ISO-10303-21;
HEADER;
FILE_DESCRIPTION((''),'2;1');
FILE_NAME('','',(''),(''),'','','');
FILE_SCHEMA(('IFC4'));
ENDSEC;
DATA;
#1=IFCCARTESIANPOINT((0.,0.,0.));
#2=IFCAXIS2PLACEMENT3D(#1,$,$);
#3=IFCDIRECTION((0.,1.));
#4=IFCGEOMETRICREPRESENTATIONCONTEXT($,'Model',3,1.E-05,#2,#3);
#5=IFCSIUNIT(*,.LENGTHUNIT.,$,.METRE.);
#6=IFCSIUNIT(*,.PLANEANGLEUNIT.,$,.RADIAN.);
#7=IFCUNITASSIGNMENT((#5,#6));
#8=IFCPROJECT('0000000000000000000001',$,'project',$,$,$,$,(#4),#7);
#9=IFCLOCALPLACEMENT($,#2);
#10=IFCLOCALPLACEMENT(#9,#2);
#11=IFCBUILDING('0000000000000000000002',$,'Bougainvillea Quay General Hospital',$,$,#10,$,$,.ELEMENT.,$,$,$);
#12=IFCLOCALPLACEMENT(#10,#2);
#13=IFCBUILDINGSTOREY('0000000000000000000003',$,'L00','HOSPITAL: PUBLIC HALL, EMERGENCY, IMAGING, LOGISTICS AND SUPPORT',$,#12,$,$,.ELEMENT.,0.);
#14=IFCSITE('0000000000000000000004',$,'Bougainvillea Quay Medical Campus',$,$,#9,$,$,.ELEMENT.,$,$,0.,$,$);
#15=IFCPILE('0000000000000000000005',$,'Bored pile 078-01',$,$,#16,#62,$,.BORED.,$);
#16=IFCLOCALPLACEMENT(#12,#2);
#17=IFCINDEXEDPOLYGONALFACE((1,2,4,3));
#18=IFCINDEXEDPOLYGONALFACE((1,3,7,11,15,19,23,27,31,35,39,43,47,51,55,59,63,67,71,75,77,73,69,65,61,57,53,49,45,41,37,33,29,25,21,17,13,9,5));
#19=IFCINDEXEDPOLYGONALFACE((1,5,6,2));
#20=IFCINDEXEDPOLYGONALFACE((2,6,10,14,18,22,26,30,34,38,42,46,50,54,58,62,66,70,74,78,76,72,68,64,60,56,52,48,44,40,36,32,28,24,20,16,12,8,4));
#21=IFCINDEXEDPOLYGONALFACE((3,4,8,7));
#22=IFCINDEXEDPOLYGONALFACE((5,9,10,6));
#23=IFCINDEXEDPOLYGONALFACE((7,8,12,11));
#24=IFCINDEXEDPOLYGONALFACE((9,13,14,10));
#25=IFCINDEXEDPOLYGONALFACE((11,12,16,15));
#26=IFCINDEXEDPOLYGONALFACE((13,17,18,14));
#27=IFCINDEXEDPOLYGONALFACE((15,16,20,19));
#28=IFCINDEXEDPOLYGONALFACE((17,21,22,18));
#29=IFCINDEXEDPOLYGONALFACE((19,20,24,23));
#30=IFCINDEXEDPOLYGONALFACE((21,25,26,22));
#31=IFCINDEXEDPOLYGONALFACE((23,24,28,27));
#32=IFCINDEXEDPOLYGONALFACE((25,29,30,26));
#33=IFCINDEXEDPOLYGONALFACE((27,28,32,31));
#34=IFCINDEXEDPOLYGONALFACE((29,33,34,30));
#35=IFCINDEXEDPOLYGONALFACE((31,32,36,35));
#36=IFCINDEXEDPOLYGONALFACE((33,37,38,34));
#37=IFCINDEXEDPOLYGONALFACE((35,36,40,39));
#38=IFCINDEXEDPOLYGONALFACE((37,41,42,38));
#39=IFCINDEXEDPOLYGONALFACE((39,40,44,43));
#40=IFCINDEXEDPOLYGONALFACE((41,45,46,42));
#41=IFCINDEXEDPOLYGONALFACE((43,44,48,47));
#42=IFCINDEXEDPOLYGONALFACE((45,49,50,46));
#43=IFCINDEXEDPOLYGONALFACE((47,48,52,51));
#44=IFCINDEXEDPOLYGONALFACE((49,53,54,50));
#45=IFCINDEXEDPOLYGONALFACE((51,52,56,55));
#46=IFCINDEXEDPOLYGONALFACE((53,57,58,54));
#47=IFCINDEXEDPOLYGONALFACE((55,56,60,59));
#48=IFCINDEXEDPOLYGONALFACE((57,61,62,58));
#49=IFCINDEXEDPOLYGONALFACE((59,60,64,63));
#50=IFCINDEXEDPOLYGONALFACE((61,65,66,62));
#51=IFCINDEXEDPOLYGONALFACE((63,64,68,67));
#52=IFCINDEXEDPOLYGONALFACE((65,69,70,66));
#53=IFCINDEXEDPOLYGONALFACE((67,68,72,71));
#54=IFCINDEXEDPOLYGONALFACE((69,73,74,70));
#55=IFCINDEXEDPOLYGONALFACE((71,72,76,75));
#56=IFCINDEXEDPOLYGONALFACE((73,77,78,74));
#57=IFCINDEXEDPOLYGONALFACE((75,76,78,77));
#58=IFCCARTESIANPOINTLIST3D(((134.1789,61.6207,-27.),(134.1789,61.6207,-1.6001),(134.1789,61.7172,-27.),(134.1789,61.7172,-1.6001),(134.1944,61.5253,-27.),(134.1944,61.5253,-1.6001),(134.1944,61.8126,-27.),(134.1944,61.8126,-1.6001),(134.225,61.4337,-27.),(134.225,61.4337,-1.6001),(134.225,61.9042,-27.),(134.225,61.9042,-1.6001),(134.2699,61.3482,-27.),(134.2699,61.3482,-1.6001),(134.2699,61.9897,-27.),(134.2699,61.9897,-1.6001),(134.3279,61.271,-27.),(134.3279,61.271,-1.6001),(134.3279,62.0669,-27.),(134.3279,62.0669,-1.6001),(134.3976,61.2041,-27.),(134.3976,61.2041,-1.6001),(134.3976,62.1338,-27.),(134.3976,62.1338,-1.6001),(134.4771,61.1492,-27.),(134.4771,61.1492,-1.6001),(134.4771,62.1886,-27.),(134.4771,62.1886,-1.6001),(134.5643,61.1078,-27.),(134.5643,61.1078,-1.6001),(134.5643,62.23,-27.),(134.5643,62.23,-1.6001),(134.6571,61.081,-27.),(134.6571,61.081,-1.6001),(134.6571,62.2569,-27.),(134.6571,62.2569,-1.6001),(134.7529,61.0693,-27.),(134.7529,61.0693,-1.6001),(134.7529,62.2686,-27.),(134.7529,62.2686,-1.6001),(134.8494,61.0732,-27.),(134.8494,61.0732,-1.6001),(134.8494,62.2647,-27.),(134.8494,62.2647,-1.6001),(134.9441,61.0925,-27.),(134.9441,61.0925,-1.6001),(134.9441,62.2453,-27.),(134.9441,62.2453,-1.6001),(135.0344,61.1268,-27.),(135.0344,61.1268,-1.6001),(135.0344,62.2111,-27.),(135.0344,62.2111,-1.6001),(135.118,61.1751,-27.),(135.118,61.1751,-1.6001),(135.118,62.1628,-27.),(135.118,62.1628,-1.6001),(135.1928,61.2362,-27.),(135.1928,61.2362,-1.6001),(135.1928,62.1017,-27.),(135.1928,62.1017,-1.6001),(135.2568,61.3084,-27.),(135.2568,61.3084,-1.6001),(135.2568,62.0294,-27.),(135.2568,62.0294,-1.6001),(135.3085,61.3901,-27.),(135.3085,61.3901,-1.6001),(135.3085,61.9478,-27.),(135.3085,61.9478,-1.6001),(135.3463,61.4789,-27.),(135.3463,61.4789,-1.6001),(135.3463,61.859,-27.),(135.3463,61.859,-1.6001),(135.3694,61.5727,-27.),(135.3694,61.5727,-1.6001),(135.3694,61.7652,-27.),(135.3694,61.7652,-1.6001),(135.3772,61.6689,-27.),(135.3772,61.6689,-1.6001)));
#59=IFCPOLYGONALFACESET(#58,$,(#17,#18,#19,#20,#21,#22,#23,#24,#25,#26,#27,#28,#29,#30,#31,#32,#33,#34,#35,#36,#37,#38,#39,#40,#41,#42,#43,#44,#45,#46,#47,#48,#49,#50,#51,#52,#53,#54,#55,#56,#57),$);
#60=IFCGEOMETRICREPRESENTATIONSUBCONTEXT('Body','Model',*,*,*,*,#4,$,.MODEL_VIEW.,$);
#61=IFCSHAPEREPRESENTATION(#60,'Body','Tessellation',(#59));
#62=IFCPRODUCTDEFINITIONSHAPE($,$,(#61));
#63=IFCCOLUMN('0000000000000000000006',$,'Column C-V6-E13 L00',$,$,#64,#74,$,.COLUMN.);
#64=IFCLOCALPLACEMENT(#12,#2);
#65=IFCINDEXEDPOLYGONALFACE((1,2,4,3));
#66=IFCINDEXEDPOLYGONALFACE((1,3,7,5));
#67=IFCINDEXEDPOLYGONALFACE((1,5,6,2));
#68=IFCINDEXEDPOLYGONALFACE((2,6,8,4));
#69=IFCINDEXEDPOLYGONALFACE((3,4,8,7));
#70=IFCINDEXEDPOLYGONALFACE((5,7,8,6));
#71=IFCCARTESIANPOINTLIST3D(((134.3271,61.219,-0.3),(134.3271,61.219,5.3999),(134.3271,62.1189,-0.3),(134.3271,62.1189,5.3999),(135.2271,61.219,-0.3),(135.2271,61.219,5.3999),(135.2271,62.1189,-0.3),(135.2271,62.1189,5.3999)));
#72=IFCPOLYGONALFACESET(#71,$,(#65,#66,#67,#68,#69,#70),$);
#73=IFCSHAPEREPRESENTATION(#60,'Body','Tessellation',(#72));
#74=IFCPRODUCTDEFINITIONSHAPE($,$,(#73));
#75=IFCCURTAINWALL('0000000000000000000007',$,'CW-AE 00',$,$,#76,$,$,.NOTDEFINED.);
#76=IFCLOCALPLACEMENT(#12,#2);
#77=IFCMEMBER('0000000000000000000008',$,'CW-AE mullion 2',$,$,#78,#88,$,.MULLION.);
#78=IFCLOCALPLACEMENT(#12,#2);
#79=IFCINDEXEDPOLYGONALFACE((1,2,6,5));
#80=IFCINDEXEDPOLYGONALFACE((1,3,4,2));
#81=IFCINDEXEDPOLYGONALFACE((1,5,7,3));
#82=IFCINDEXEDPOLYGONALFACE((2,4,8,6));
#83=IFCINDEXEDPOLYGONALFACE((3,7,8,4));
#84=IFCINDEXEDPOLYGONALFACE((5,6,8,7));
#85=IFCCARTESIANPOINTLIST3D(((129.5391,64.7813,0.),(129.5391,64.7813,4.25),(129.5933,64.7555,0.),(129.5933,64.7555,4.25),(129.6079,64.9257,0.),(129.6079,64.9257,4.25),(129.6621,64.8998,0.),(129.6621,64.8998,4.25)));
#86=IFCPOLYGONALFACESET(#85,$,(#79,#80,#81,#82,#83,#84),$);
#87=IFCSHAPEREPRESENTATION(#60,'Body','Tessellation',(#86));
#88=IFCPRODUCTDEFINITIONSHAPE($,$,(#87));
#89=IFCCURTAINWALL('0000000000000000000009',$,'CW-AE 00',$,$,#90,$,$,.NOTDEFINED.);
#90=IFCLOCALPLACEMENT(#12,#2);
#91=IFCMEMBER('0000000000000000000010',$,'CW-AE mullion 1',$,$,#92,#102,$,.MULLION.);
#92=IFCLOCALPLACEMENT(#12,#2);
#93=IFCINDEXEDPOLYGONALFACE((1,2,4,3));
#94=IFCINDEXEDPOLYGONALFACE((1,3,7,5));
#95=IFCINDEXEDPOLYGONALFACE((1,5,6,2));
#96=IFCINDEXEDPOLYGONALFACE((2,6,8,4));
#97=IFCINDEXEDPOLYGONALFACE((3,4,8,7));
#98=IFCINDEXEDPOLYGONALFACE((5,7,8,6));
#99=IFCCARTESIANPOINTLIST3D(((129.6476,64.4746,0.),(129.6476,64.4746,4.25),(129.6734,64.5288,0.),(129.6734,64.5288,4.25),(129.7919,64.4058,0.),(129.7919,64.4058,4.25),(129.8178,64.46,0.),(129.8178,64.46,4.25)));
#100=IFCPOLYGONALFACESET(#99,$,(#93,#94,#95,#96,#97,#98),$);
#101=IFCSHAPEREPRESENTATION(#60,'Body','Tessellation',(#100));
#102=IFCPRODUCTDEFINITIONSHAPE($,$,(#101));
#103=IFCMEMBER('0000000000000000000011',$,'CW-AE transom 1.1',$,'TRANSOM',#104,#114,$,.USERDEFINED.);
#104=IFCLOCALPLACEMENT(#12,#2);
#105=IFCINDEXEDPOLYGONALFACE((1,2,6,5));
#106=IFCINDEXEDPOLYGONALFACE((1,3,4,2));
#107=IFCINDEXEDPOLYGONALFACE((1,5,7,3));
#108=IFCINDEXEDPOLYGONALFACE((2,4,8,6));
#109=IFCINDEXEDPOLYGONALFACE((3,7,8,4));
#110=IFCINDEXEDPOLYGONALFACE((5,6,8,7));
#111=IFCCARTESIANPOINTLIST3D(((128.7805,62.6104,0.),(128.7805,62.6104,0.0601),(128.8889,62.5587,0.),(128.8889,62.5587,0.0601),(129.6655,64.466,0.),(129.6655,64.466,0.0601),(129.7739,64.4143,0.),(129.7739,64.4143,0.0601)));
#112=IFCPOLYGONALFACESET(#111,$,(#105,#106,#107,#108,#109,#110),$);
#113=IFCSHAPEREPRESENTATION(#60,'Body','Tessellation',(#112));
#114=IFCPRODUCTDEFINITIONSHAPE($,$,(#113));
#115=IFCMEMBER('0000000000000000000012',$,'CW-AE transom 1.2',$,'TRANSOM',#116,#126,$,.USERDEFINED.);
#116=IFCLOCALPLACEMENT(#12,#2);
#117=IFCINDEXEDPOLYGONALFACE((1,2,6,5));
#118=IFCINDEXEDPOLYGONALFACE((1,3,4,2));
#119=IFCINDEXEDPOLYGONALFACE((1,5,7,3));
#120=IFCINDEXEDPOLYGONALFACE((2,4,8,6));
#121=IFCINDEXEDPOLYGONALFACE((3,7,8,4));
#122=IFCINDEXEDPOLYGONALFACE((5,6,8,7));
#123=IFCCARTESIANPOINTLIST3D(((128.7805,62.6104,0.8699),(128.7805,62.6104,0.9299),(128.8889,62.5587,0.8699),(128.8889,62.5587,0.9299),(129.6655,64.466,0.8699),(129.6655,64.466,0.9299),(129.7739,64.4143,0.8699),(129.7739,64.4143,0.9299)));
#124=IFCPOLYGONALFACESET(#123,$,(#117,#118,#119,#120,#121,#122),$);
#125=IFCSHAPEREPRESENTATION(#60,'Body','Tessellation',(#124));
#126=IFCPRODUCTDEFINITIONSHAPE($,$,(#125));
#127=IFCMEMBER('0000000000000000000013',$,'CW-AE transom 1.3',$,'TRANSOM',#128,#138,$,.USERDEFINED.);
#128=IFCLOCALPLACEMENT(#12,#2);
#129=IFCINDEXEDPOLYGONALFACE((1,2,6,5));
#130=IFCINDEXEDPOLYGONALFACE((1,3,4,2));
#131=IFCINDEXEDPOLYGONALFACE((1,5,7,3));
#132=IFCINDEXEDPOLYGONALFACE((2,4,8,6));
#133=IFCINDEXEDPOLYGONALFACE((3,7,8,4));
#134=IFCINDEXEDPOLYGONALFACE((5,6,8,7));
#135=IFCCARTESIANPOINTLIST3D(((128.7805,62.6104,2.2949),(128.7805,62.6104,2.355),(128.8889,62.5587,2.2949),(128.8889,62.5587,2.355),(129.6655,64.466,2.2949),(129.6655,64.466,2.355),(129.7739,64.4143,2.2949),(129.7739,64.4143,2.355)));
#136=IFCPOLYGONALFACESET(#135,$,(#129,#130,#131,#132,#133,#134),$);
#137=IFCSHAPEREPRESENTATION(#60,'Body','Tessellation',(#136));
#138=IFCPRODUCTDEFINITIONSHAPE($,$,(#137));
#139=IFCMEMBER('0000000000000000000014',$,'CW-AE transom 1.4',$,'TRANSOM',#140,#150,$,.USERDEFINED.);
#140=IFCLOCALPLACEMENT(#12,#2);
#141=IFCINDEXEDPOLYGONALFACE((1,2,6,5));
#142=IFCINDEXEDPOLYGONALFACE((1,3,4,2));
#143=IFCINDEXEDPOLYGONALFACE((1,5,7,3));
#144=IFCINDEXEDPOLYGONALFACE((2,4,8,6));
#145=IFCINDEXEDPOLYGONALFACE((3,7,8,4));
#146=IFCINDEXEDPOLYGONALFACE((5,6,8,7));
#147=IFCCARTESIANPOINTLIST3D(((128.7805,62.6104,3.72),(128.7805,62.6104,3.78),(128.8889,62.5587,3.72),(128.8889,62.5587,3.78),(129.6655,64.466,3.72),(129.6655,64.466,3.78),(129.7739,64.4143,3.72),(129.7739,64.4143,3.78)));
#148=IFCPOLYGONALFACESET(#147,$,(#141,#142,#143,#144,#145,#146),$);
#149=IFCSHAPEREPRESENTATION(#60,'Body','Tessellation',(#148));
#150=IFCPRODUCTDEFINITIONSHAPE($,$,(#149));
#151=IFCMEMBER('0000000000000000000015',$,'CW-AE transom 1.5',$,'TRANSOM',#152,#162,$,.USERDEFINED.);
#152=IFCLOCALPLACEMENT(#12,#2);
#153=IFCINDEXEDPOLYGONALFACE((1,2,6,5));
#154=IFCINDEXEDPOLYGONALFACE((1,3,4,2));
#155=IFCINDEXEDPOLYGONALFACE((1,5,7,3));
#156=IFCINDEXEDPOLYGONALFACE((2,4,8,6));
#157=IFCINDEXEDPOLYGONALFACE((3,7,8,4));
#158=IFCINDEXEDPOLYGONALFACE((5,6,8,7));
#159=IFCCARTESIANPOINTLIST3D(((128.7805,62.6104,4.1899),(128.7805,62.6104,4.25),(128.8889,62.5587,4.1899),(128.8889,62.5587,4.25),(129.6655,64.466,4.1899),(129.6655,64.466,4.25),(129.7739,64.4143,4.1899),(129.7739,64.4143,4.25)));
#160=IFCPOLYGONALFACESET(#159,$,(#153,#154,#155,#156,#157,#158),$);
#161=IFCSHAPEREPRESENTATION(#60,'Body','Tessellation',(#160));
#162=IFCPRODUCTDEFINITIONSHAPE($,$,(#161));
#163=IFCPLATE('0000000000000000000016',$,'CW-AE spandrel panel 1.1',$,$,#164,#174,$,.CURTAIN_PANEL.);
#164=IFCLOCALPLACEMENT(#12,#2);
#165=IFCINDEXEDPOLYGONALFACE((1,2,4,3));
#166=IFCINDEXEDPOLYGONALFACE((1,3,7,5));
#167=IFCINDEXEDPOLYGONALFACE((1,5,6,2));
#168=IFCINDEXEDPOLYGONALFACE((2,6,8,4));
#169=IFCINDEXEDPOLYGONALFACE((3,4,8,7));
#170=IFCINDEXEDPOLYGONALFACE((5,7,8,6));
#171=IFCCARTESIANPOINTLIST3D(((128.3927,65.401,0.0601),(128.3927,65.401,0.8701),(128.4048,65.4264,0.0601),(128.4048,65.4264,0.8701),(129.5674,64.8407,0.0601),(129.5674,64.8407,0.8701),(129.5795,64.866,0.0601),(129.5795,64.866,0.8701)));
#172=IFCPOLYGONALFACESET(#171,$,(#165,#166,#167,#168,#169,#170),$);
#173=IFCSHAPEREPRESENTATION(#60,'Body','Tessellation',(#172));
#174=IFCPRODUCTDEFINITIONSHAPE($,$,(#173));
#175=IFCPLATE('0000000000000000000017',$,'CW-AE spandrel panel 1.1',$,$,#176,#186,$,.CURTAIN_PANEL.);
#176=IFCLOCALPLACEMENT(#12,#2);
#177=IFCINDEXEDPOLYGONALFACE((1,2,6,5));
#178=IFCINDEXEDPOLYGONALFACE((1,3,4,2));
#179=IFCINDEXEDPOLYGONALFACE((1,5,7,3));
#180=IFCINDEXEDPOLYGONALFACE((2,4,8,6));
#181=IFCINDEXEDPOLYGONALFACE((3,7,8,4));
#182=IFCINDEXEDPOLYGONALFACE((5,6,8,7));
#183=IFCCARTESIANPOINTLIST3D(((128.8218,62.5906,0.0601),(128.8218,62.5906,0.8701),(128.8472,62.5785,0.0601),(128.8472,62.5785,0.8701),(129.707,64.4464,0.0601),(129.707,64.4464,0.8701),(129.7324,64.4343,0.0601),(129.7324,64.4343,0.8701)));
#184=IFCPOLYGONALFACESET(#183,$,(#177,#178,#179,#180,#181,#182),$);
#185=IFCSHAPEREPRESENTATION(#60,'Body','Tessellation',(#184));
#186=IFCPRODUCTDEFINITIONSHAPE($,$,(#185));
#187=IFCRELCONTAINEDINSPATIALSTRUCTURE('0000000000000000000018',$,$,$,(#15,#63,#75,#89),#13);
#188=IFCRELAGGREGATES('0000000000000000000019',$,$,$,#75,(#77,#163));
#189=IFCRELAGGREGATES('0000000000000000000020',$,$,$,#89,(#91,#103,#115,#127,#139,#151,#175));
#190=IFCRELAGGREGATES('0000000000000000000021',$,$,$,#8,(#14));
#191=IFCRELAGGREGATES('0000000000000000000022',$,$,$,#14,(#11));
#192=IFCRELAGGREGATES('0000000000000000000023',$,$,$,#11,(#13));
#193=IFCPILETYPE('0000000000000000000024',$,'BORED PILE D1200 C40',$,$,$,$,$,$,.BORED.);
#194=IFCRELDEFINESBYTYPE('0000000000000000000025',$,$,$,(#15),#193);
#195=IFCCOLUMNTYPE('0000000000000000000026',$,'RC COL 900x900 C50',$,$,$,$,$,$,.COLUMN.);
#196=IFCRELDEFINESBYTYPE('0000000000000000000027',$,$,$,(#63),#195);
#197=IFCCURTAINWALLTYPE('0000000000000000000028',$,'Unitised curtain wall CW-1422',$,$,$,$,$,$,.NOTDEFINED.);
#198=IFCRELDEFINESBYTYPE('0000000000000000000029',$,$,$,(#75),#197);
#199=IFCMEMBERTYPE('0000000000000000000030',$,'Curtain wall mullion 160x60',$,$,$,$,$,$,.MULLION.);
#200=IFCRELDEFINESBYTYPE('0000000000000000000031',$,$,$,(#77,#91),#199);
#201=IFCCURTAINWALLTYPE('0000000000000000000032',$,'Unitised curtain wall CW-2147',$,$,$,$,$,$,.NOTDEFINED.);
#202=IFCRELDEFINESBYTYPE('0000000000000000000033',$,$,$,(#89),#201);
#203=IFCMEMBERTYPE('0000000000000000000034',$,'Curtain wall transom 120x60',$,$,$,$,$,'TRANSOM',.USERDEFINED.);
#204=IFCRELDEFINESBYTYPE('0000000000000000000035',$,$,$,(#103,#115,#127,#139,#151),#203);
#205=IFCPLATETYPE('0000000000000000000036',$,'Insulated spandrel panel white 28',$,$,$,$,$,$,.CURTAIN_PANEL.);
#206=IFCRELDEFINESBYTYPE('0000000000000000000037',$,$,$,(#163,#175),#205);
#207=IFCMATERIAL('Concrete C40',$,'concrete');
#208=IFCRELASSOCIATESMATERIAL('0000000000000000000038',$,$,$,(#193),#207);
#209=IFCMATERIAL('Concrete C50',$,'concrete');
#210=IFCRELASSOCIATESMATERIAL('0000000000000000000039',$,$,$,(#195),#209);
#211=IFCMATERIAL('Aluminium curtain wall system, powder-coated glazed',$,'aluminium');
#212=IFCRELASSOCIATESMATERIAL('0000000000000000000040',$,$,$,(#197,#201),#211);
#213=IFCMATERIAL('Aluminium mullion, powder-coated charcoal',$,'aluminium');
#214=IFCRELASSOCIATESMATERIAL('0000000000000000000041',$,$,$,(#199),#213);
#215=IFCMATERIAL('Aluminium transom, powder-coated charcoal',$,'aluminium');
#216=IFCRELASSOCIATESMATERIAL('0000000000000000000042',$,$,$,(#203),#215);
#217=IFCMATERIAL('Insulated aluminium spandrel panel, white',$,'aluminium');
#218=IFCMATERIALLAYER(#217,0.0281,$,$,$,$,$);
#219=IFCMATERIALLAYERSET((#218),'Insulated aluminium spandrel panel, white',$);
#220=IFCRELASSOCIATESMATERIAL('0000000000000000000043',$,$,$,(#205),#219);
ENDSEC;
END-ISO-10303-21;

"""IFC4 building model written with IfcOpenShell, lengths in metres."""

from ifc_helpers import new_model, si_unit, direction, frame, origin, origin_2d, place, context, subcontext, project, spatial, rectangle, circle, extrude, material, layer, layer_set, material_profile, profile_set, type_object, element, aggregate, save


model = new_model("IFC4")

# Units and contexts
model_context = context("Model", 3, precision=1e-05, world=origin(), true_north=direction((0.0, 1.0)))
body_context = subcontext(model_context, "Body", "Model", "MODEL_VIEW")
ifc_project = project(units=[si_unit("LENGTHUNIT", "METRE"), si_unit("PLANEANGLEUNIT", "RADIAN")], contexts=[model_context])

# Site, building, storey
site_placement = place(None, origin())
site = spatial("IfcSite", under=ifc_project, at=site_placement, Name="Bougainvillea Quay Medical Campus", CompositionType="ELEMENT", RefElevation=0.0)
building_placement = place(site_placement, origin())
building = spatial("IfcBuilding", under=site, at=building_placement, Name="Bougainvillea Quay General Hospital", CompositionType="ELEMENT")
storey_placement = place(building_placement, origin())
storey = spatial("IfcBuildingStorey", under=building, at=storey_placement, Name="L00", Description="HOSPITAL: PUBLIC HALL, EMERGENCY, IMAGING, LOGISTICS AND SUPPORT", CompositionType="ELEMENT", Elevation=0.0)

# Pile
ifc_material_1 = material(Name="Concrete C40", Category="concrete")
ifc_material_profile_1 = material_profile(ifc_material_1, circle(Radius=0.6001, at=origin_2d()))
ifc_profile_set_1 = profile_set([ifc_material_profile_1], Name="Concrete C40")
pile_type = type_object("IfcPileType", Name="BORED PILE D1200 C40", PredefinedType="BORED", material=ifc_profile_set_1)
pile_placement = place(storey_placement, frame((134.7771, 61.6689, -1.6001), z_axis=(0.0, 0.0, -1.0), x_axis=(1.0, 0.0, 0.0)))
element("IfcPile", 1, at=pile_placement, inside=storey, type_object=pile_type, Name="Bored pile 078-01", PredefinedType="BORED", context=body_context, shape_type="SweptSolid", body=[
    extrude(circle(Radius=0.6001, at=origin_2d()), origin(), (0.0, 0.0, 1.0), 25.3999),
])

# Column
ifc_material_2 = material(Name="Concrete C50", Category="concrete")
ifc_material_profile_2 = material_profile(ifc_material_2, rectangle(XDim=0.8999, YDim=0.8999, at=origin_2d()))
ifc_profile_set_2 = profile_set([ifc_material_profile_2], Name="Concrete C50")
column_type = type_object("IfcColumnType", Name="RC COL 900x900 C50", PredefinedType="COLUMN", material=ifc_profile_set_2)
column_placement = place(storey_placement, frame((134.7771, 61.6689, -0.3), z_axis=(0.0, 0.0, 1.0), x_axis=(1.0, 0.0, 0.0)))
element("IfcColumn", 2, at=column_placement, inside=storey, type_object=column_type, Name="Column C-V6-E13 L00", PredefinedType="COLUMN", context=body_context, shape_type="SweptSolid", body=[
    extrude(rectangle(XDim=0.8999, YDim=0.8999, at=origin_2d()), origin(), (0.0, 0.0, 1.0), 5.7),
])

# Curtain wall, member
ifc_material_3 = material(Name="Aluminium curtain wall system, powder-coated glazed", Category="aluminium")
curtain_wall_type_1 = type_object("IfcCurtainWallType", Name="Unitised curtain wall CW-1422", PredefinedType="NOTDEFINED", material=ifc_material_3)
curtain_wall_1_placement = place(storey_placement, origin())
curtain_wall_1 = element("IfcCurtainWall", 3, at=curtain_wall_1_placement, inside=storey, type_object=curtain_wall_type_1, Name="CW-AE 00", PredefinedType="NOTDEFINED")
ifc_material_4 = material(Name="Aluminium mullion, powder-coated charcoal", Category="aluminium")
ifc_material_profile_3 = material_profile(ifc_material_4, rectangle(XDim=0.1599, YDim=0.0601, at=origin_2d()))
ifc_profile_set_3 = profile_set([ifc_material_profile_3], Name="Aluminium mullion, powder-coated charcoal")
member_type_1 = type_object("IfcMemberType", Name="Curtain wall mullion 160x60", PredefinedType="MULLION", material=ifc_profile_set_3)
member_1_placement = place(storey_placement, frame((129.6006, 64.8406, 0.0), z_axis=(0.0, 0.0, 1.0), x_axis=(0.430534, 0.902574, 0.0)))
member_1 = element("IfcMember", 4, at=member_1_placement, type_object=member_type_1, Name="CW-AE mullion 2", PredefinedType="MULLION", context=body_context, shape_type="SweptSolid", body=[
    extrude(rectangle(XDim=0.1599, YDim=0.0601, at=origin_2d()), origin(), (0.0, 0.0, 1.0), 4.25),
])

# Curtain wall, members
curtain_wall_type_2 = type_object("IfcCurtainWallType", Name="Unitised curtain wall CW-2147", PredefinedType="NOTDEFINED", material=ifc_material_3)
curtain_wall_2_placement = place(storey_placement, origin())
curtain_wall_2 = element("IfcCurtainWall", 5, at=curtain_wall_2_placement, inside=storey, type_object=curtain_wall_type_2, Name="CW-AE 00", PredefinedType="NOTDEFINED")
member_2_placement = place(storey_placement, frame((129.7327, 64.4673, 0.0), z_axis=(0.0, 0.0, 1.0), x_axis=(0.902576, -0.43053, 0.0)))
member_2 = element("IfcMember", 6, at=member_2_placement, type_object=member_type_1, Name="CW-AE mullion 1", PredefinedType="MULLION", context=body_context, shape_type="SweptSolid", body=[
    extrude(rectangle(XDim=0.1599, YDim=0.0601, at=origin_2d()), origin(), (0.0, 0.0, 1.0), 4.25),
])
ifc_material_5 = material(Name="Aluminium transom, powder-coated charcoal", Category="aluminium")
ifc_material_profile_4 = material_profile(ifc_material_5, rectangle(XDim=0.1201, YDim=0.0601, at=origin_2d()))
ifc_profile_set_4 = profile_set([ifc_material_profile_4], Name="Aluminium transom, powder-coated charcoal")
member_type_2 = type_object("IfcMemberType", Name="Curtain wall transom 120x60", ElementType="TRANSOM", PredefinedType="USERDEFINED", material=ifc_profile_set_4)
member_3_placement = place(storey_placement, frame((129.7197, 64.4402, 0.03), z_axis=(-0.430464, -0.902608, 0.0), x_axis=(0.902608, -0.430464, 0.0)))
member_3 = element("IfcMember", 7, at=member_3_placement, type_object=member_type_2, Name="CW-AE transom 1.1", ObjectType="TRANSOM", PredefinedType="USERDEFINED", context=body_context, shape_type="SweptSolid", body=[
    extrude(rectangle(XDim=0.1201, YDim=0.0601, at=origin_2d()), origin(), (0.0, 0.0, 1.0), 2.0559),
])
member_4_placement = place(storey_placement, frame((129.7197, 64.4402, 0.8999), z_axis=(-0.430464, -0.902608, 0.0), x_axis=(0.902608, -0.430464, 0.0)))
member_4 = element("IfcMember", 8, at=member_4_placement, type_object=member_type_2, Name="CW-AE transom 1.2", ObjectType="TRANSOM", PredefinedType="USERDEFINED", context=body_context, shape_type="SweptSolid", body=[
    extrude(rectangle(XDim=0.1201, YDim=0.0601, at=origin_2d()), origin(), (0.0, 0.0, 1.0), 2.0559),
])
member_5_placement = place(storey_placement, frame((129.7197, 64.4402, 2.325), z_axis=(-0.430464, -0.902608, 0.0), x_axis=(0.902608, -0.430464, 0.0)))
member_5 = element("IfcMember", 9, at=member_5_placement, type_object=member_type_2, Name="CW-AE transom 1.3", ObjectType="TRANSOM", PredefinedType="USERDEFINED", context=body_context, shape_type="SweptSolid", body=[
    extrude(rectangle(XDim=0.1201, YDim=0.0601, at=origin_2d()), origin(), (0.0, 0.0, 1.0), 2.0559),
])
member_6_placement = place(storey_placement, frame((129.7197, 64.4402, 3.75), z_axis=(-0.430464, -0.902608, 0.0), x_axis=(0.902608, -0.430464, 0.0)))
member_6 = element("IfcMember", 10, at=member_6_placement, type_object=member_type_2, Name="CW-AE transom 1.4", ObjectType="TRANSOM", PredefinedType="USERDEFINED", context=body_context, shape_type="SweptSolid", body=[
    extrude(rectangle(XDim=0.1201, YDim=0.0601, at=origin_2d()), origin(), (0.0, 0.0, 1.0), 2.0559),
])
member_7_placement = place(storey_placement, frame((129.7197, 64.4402, 4.22), z_axis=(-0.430464, -0.902608, 0.0), x_axis=(0.902608, -0.430464, 0.0)))
member_7 = element("IfcMember", 11, at=member_7_placement, type_object=member_type_2, Name="CW-AE transom 1.5", ObjectType="TRANSOM", PredefinedType="USERDEFINED", context=body_context, shape_type="SweptSolid", body=[
    extrude(rectangle(XDim=0.1201, YDim=0.0601, at=origin_2d()), origin(), (0.0, 0.0, 1.0), 2.0559),
])

# Plates
ifc_material_6 = material(Name="Insulated aluminium spandrel panel, white", Category="aluminium")
ifc_layer_1 = layer(ifc_material_6, 0.0281)
ifc_layer_set_1 = layer_set([ifc_layer_1], Name="Insulated aluminium spandrel panel, white")
plate_type_1 = type_object("IfcPlateType", Name="Insulated spandrel panel white 28", PredefinedType="CURTAIN_PANEL", material=ifc_layer_set_1)
plate_1_placement = place(storey_placement, frame((128.9861, 65.1335, 0.0601), z_axis=(0.0, 0.0, 1.0), x_axis=(0.902574, -0.430534, 0.0)))
plate_1 = element("IfcPlate", 12, at=plate_1_placement, type_object=plate_type_1, Name="CW-AE spandrel panel 1.1", PredefinedType="CURTAIN_PANEL", context=body_context, shape_type="SweptSolid", body=[
    extrude(rectangle(XDim=1.3015, YDim=0.0281, at=origin_2d()), origin(), (0.0, 0.0, 1.0), 0.8101),
])
plate_2_placement = place(storey_placement, frame((129.2771, 63.5125, 0.0601), z_axis=(0.0, 0.0, 1.0), x_axis=(-0.43053, -0.902576, 0.0)))
plate_2 = element("IfcPlate", 13, at=plate_2_placement, type_object=plate_type_1, Name="CW-AE spandrel panel 1.1", PredefinedType="CURTAIN_PANEL", context=body_context, shape_type="SweptSolid", body=[
    extrude(rectangle(XDim=2.0562, YDim=0.0281, at=origin_2d()), origin(), (0.0, 0.0, 1.0), 0.8101),
])
aggregate(curtain_wall_1, [member_1, plate_1])
aggregate(curtain_wall_2, [member_2, member_3, member_4, member_5, member_6, member_7, plate_2])

save(model, "model.ifc")
